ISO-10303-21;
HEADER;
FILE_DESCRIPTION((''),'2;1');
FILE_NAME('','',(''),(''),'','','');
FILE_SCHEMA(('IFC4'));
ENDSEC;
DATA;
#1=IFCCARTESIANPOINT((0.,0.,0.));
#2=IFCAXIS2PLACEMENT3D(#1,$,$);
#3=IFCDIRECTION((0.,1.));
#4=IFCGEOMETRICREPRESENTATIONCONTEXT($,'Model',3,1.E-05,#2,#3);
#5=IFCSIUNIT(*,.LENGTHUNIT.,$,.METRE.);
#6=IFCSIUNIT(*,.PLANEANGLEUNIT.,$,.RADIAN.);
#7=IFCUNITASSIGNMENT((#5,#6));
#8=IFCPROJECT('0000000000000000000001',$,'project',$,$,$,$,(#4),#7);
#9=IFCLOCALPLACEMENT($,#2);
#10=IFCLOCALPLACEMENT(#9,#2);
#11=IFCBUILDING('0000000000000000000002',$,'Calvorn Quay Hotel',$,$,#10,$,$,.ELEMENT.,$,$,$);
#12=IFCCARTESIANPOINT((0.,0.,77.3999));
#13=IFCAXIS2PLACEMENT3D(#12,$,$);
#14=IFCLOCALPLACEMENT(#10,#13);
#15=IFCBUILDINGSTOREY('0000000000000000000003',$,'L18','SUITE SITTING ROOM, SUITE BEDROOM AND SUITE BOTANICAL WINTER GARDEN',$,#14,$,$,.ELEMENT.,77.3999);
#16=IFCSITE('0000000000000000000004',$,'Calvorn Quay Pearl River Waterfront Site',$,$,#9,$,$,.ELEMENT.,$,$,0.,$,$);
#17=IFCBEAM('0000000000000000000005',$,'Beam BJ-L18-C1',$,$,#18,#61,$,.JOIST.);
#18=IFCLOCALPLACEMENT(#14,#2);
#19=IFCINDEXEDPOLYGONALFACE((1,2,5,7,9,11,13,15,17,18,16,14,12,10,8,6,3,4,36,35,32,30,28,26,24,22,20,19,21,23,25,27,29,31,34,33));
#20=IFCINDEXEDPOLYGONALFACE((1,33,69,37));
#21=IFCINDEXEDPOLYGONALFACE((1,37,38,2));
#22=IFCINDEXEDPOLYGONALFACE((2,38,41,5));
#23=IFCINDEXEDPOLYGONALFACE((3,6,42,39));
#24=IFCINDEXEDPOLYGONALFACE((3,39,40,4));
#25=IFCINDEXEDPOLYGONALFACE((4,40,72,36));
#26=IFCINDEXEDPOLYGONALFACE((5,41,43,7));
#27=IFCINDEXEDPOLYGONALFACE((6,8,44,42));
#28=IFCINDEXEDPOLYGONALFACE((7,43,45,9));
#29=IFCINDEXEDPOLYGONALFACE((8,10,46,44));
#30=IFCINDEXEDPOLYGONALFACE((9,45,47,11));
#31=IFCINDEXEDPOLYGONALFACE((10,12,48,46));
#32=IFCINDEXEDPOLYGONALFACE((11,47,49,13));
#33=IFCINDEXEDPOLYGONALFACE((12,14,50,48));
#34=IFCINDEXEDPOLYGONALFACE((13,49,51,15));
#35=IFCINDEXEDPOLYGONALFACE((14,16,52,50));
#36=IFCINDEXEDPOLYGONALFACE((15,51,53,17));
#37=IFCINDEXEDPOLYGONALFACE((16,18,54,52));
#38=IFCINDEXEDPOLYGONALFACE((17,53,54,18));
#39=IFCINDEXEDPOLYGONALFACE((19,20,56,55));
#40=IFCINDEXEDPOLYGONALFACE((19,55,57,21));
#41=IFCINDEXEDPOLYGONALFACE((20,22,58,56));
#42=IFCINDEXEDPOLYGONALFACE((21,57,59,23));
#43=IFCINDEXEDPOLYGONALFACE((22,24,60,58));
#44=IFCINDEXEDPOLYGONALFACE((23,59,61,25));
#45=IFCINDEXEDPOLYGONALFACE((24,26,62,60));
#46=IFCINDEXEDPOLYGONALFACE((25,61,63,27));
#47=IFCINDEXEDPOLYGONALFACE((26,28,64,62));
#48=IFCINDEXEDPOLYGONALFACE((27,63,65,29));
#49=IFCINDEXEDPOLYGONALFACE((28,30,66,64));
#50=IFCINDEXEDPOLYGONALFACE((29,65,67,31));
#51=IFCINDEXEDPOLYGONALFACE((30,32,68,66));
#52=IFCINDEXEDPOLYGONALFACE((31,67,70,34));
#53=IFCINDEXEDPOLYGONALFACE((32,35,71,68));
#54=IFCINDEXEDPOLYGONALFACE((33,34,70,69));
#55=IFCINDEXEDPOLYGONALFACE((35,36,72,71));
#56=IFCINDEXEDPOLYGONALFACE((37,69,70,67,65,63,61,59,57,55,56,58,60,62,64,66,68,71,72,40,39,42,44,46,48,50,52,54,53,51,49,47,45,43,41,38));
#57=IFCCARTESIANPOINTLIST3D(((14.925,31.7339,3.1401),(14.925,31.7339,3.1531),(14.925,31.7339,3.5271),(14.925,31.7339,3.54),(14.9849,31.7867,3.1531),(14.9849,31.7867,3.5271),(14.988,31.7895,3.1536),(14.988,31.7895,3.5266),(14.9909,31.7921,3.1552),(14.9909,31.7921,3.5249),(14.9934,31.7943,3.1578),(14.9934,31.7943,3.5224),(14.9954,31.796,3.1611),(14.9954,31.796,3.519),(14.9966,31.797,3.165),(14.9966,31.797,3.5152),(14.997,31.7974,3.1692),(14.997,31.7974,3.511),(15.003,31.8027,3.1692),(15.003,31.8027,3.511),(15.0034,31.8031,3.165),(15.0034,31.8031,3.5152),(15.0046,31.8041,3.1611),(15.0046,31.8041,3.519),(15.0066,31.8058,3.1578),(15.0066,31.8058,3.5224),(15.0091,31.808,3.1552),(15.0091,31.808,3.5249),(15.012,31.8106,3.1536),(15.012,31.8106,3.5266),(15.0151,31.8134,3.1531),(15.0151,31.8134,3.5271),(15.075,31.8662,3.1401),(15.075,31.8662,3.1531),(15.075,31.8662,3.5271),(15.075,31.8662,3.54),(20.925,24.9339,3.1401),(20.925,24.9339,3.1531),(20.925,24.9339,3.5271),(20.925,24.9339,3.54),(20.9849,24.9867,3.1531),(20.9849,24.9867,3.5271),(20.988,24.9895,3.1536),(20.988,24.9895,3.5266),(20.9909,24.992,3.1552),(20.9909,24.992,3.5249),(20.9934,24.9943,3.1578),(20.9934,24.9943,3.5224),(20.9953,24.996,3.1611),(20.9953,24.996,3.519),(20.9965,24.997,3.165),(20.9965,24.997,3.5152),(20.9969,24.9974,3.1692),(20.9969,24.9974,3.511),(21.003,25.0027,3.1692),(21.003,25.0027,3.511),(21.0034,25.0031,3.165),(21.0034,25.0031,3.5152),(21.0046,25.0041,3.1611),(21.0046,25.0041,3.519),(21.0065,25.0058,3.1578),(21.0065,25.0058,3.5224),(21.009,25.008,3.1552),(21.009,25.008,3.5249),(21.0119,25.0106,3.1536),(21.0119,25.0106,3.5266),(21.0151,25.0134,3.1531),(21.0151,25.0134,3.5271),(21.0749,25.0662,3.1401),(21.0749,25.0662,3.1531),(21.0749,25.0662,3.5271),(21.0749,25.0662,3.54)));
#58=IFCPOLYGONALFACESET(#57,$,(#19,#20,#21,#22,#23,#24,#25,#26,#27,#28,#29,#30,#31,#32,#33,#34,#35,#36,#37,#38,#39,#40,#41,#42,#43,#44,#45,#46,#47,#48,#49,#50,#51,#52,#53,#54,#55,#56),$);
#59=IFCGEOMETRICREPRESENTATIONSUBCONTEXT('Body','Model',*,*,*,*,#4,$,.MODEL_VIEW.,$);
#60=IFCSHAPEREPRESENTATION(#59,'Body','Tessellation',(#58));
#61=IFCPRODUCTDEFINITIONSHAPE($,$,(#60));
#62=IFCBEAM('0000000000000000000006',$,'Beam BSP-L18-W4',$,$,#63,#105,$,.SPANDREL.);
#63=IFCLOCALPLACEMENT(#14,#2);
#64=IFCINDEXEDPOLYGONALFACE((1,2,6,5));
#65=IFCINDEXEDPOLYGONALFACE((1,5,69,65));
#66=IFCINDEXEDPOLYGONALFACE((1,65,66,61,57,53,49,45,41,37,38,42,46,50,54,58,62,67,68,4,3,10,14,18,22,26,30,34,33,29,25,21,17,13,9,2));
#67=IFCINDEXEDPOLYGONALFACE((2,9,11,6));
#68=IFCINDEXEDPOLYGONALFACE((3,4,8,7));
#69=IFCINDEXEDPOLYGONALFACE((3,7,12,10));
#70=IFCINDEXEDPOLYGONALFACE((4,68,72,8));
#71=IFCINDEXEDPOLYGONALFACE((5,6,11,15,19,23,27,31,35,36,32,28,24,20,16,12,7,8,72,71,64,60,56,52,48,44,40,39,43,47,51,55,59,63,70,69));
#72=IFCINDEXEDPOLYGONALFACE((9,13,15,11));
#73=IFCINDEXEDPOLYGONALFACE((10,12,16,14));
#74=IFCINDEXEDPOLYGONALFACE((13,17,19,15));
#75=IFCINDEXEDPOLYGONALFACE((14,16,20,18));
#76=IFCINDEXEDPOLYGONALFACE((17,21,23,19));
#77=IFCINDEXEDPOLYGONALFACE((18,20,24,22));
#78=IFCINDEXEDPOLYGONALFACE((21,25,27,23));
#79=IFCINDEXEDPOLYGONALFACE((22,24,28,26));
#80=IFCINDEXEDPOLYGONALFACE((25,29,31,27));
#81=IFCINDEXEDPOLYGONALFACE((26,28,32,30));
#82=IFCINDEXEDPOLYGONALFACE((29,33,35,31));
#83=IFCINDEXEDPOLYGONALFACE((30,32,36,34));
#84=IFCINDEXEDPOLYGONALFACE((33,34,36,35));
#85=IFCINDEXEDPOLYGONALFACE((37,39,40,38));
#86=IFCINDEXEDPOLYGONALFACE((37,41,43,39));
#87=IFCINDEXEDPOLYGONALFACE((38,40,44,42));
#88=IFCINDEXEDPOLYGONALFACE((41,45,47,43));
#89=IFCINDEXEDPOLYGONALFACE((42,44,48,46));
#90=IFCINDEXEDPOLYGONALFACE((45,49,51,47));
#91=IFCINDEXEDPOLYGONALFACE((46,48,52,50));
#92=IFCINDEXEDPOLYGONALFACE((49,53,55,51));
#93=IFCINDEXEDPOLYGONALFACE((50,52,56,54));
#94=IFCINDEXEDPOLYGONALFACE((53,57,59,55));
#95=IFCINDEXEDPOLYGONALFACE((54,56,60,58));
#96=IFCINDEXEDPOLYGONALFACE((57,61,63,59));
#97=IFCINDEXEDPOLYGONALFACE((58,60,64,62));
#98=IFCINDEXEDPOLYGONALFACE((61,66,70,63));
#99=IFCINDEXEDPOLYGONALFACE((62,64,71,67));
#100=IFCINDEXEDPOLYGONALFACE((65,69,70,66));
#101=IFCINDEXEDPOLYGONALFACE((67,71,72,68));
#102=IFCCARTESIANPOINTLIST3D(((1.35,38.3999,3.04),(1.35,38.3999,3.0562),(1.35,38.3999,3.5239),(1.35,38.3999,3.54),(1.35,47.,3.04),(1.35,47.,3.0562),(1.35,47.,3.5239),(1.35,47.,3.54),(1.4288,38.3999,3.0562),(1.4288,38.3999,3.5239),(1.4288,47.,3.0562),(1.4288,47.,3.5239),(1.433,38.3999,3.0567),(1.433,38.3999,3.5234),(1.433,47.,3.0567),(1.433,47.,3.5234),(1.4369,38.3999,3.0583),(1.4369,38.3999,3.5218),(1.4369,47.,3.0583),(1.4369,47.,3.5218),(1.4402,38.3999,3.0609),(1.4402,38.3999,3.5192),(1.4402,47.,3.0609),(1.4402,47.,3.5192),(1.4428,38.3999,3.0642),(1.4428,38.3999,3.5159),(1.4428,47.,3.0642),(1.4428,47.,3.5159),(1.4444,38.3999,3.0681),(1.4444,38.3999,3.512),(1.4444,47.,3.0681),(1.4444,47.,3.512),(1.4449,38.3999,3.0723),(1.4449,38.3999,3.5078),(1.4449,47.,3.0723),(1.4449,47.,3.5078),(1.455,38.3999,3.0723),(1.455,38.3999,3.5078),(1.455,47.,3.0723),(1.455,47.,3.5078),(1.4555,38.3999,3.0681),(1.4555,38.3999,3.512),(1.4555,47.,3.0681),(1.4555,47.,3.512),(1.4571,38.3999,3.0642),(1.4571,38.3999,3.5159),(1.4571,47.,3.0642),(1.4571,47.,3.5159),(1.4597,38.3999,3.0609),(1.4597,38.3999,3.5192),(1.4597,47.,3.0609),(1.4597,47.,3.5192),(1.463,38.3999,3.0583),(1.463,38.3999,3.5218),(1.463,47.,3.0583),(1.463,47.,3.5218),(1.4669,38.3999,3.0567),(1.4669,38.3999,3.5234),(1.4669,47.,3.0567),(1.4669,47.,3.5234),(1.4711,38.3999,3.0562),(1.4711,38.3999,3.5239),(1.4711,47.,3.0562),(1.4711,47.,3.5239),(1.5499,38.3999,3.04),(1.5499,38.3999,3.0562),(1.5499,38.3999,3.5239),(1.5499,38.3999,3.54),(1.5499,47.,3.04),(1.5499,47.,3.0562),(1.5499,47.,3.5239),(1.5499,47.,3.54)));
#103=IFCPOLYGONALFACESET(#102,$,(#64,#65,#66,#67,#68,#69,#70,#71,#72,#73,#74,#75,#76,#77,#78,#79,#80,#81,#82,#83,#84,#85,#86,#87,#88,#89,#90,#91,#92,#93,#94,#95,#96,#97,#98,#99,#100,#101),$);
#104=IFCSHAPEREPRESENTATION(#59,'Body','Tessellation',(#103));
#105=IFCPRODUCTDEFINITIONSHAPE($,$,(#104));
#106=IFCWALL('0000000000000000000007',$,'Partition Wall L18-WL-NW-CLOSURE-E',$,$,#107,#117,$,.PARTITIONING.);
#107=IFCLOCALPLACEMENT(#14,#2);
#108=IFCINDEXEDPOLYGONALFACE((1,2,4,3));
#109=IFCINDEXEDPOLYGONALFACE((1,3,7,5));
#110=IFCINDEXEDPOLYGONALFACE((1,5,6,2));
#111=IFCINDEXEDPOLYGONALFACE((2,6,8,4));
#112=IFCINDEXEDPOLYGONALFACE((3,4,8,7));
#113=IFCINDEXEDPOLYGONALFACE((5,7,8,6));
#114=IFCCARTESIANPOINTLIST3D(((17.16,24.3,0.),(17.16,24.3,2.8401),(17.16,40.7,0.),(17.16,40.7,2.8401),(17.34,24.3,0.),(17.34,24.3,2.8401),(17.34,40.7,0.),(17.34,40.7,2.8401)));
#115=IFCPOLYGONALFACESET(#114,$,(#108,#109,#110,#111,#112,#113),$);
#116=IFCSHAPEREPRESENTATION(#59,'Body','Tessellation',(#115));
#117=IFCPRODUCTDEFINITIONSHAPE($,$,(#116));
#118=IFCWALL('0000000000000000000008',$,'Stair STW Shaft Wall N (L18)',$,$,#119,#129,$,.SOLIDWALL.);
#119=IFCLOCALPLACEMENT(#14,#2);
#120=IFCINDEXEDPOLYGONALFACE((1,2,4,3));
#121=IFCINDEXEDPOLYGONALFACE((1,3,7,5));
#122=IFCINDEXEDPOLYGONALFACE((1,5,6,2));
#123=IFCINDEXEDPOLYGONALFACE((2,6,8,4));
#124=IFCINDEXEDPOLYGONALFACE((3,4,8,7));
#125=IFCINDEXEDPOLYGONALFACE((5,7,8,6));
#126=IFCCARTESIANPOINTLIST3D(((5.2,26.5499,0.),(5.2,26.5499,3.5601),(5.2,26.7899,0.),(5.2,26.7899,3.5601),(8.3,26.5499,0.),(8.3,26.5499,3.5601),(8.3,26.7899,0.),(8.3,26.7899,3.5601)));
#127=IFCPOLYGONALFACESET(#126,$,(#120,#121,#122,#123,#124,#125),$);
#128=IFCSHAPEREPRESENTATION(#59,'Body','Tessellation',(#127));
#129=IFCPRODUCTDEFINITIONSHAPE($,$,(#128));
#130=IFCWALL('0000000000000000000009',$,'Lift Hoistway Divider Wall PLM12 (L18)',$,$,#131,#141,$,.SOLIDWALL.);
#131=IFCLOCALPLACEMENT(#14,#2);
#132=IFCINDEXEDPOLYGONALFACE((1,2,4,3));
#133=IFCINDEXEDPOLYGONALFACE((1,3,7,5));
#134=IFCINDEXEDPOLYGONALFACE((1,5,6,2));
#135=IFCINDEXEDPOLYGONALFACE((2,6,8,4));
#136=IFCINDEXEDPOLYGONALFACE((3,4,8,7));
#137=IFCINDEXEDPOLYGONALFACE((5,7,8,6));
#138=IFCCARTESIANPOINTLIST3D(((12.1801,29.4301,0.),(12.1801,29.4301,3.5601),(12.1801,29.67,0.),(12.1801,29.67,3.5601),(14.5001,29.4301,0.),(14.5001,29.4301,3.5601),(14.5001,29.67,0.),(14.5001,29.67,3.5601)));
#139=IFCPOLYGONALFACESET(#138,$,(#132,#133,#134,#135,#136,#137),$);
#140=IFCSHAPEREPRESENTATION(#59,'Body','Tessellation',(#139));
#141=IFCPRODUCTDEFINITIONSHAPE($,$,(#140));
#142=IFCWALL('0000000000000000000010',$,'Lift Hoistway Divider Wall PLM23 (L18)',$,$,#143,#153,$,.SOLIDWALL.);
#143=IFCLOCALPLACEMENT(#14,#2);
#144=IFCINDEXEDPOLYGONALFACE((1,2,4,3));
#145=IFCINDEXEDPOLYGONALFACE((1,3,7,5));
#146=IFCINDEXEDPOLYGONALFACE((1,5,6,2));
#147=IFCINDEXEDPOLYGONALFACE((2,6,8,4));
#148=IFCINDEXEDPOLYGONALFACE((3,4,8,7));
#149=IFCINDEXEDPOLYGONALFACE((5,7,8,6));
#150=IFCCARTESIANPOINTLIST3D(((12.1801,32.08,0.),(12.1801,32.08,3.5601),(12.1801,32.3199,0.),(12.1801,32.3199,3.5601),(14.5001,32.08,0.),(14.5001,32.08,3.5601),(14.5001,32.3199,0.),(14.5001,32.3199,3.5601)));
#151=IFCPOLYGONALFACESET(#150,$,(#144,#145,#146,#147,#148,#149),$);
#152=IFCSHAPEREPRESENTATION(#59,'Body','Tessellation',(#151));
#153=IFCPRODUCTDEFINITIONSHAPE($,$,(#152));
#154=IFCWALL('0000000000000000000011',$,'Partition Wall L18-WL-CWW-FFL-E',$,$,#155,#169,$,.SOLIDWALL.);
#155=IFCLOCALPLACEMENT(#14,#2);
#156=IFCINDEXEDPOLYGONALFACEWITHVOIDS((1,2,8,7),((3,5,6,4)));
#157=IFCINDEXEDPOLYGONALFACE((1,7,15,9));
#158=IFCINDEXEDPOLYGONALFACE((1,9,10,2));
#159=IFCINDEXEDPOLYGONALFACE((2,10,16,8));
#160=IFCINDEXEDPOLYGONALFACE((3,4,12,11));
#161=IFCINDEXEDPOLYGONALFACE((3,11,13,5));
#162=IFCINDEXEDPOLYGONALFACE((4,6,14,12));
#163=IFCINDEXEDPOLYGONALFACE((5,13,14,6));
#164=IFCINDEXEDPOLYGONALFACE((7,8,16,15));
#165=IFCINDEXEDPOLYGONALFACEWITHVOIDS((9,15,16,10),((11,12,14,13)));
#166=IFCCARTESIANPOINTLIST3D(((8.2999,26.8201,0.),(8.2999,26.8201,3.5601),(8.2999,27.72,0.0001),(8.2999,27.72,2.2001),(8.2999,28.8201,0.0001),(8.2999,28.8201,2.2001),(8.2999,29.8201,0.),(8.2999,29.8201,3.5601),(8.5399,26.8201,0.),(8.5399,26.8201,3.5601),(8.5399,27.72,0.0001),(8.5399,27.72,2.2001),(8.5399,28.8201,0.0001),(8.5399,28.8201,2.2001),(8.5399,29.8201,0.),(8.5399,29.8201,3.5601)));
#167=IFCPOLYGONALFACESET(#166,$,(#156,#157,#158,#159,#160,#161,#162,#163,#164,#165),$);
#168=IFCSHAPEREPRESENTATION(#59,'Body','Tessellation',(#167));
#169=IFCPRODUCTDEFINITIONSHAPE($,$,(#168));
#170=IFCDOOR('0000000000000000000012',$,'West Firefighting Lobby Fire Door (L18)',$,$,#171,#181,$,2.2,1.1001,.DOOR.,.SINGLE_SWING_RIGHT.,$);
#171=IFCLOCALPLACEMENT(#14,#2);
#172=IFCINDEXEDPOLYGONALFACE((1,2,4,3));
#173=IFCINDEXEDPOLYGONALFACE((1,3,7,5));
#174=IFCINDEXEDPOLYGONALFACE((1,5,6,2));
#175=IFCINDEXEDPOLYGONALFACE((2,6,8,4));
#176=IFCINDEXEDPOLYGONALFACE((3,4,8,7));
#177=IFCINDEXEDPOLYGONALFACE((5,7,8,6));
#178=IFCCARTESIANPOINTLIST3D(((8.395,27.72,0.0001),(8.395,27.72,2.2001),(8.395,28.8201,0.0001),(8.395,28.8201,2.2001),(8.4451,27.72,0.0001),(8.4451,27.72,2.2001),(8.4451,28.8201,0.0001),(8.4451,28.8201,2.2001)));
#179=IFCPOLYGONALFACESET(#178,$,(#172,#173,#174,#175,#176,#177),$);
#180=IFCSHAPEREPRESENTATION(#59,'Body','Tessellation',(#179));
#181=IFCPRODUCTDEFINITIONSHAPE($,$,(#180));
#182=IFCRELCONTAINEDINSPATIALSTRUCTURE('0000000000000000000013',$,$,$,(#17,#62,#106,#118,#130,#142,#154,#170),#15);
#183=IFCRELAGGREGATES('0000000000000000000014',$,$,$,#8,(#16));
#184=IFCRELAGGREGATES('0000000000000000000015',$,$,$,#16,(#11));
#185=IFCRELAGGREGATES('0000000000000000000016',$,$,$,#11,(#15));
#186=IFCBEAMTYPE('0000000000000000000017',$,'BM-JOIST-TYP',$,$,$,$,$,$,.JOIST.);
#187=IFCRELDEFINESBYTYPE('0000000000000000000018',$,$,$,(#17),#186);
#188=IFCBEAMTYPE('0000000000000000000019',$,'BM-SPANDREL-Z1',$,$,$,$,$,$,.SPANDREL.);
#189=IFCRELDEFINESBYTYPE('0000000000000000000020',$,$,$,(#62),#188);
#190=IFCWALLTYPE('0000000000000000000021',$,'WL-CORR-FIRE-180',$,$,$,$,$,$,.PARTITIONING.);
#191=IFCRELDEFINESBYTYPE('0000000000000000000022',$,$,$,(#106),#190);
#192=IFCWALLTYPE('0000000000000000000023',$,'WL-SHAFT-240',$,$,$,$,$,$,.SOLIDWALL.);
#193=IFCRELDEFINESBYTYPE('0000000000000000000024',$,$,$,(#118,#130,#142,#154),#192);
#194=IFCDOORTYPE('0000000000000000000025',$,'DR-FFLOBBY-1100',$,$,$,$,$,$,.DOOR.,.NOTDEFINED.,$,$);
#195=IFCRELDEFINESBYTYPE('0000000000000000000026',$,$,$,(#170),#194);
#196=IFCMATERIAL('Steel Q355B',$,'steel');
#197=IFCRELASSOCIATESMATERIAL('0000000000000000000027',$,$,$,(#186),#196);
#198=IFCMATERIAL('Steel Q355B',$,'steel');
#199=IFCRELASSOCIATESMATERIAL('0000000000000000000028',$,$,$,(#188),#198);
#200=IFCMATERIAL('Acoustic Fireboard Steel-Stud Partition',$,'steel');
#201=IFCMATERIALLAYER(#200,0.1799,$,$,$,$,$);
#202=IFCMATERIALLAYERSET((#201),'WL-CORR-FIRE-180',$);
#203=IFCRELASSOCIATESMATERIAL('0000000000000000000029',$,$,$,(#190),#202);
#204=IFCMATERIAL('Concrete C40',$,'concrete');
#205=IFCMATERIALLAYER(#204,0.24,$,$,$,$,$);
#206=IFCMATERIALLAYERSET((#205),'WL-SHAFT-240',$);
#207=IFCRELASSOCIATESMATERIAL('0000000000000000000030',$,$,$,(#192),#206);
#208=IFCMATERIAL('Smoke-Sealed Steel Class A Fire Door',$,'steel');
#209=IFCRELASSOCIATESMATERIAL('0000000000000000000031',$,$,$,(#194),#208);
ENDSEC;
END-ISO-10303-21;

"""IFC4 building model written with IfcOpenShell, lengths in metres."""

from ifc_helpers import new_model, si_unit, direction, frame, frame_2d, origin, origin_2d, place, context, subcontext, project, spatial, rectangle, i_section, extrude, material, layer, layer_set, material_profile, profile_set, type_object, element, fill, save


model = new_model("IFC4")

# Units and contexts
model_context = context("Model", 3, precision=1e-05, world=origin(), true_north=direction((0.0, 1.0)))
body_context = subcontext(model_context, "Body", "Model", "MODEL_VIEW")
ifc_project = project(units=[si_unit("LENGTHUNIT", "METRE"), si_unit("PLANEANGLEUNIT", "RADIAN")], contexts=[model_context])

# Site, building, storey
site_placement = place(None, origin())
site = spatial("IfcSite", under=ifc_project, at=site_placement, Name="Calvorn Quay Pearl River Waterfront Site", CompositionType="ELEMENT", RefElevation=0.0)
building_placement = place(site_placement, origin())
building = spatial("IfcBuilding", under=site, at=building_placement, Name="Calvorn Quay Hotel", CompositionType="ELEMENT")
storey_placement = place(building_placement, frame((0.0, 0.0, 77.3999)))
storey = spatial("IfcBuildingStorey", under=building, at=storey_placement, Name="L18", Description="SUITE SITTING ROOM, SUITE BEDROOM AND SUITE BOTANICAL WINTER GARDEN", CompositionType="ELEMENT", Elevation=77.3999)

# Beams
ifc_material_1 = material(Name="Steel Q355B", Category="steel")
ifc_material_profile_1 = material_profile(ifc_material_1, i_section(OverallWidth=0.2, OverallDepth=0.3999, WebThickness=0.0081, FlangeThickness=0.0129, FilletRadius=0.0161, at=origin_2d()), Name="HN400x200x8x13")
ifc_profile_set_1 = profile_set([ifc_material_profile_1], Name="Steel Q355B")
beam_type_1 = type_object("IfcBeamType", Name="BM-JOIST-TYP", PredefinedType="JOIST", material=ifc_profile_set_1)
beam_1_placement = place(storey_placement, frame((15.0, 31.8, 3.3401), z_axis=(0.661619, -0.74984, 0.0), x_axis=(0.74984, 0.661619, 0.0)))
element("IfcBeam", 1, at=beam_1_placement, inside=storey, type_object=beam_type_1, Name="Beam BJ-L18-C1", PredefinedType="JOIST", context=body_context, shape_type="SweptSolid", body=[
    extrude(i_section(OverallWidth=0.2, OverallDepth=0.3999, WebThickness=0.0081, FlangeThickness=0.0129, FilletRadius=0.0161, at=origin_2d()), origin(), (0.0, 0.0, 1.0), 9.0686),
])
ifc_material_2 = material(Name="Steel Q355B", Category="steel")
ifc_material_profile_2 = material_profile(ifc_material_2, i_section(OverallWidth=0.2, OverallDepth=0.5, WebThickness=0.01, FlangeThickness=0.0161, FilletRadius=0.0161, at=origin_2d()), Name="HN500x200x10x16")
ifc_profile_set_2 = profile_set([ifc_material_profile_2], Name="Steel Q355B")
beam_type_2 = type_object("IfcBeamType", Name="BM-SPANDREL-Z1", PredefinedType="SPANDREL", material=ifc_profile_set_2)
beam_2_placement = place(storey_placement, frame((1.45, 38.3999, 3.29), z_axis=(0.0, 1.0, 0.0), x_axis=(-1.0, 0.0, 0.0)))
element("IfcBeam", 2, at=beam_2_placement, inside=storey, type_object=beam_type_2, Name="Beam BSP-L18-W4", PredefinedType="SPANDREL", context=body_context, shape_type="SweptSolid", body=[
    extrude(i_section(OverallWidth=0.2, OverallDepth=0.5, WebThickness=0.01, FlangeThickness=0.0161, FilletRadius=0.0161, at=origin_2d()), origin(), (0.0, 0.0, 1.0), 8.6001),
])

# Wall
ifc_material_3 = material(Name="Acoustic Fireboard Steel-Stud Partition", Category="steel")
ifc_layer_1 = layer(ifc_material_3, 0.1799)
ifc_layer_set_1 = layer_set([ifc_layer_1], Name="WL-CORR-FIRE-180")
wall_type_1 = type_object("IfcWallType", Name="WL-CORR-FIRE-180", PredefinedType="PARTITIONING", material=ifc_layer_set_1)
wall_1_placement = place(storey_placement, frame((17.25, 24.3, 0.0), z_axis=(0.0, 0.0, 1.0), x_axis=(0.0, 1.0, 0.0)))
element("IfcWall", 3, at=wall_1_placement, inside=storey, type_object=wall_type_1, Name="Partition Wall L18-WL-NW-CLOSURE-E", PredefinedType="PARTITIONING", context=body_context, shape_type="SweptSolid", body=[
    extrude(rectangle(XDim=16.3999, YDim=0.1799, at=frame_2d((8.2, 0.0))), origin(), (0.0, 0.0, 1.0), 2.8401),
])

# Walls
ifc_material_4 = material(Name="Concrete C40", Category="concrete")
ifc_layer_2 = layer(ifc_material_4, 0.24)
ifc_layer_set_2 = layer_set([ifc_layer_2], Name="WL-SHAFT-240")
wall_type_2 = type_object("IfcWallType", Name="WL-SHAFT-240", PredefinedType="SOLIDWALL", material=ifc_layer_set_2)
wall_2_placement = place(storey_placement, frame((5.2, 26.6699, 0.0), z_axis=(0.0, 0.0, 1.0), x_axis=(1.0, 0.0, 0.0)))
element("IfcWall", 4, at=wall_2_placement, inside=storey, type_object=wall_type_2, Name="Stair STW Shaft Wall N (L18)", PredefinedType="SOLIDWALL", context=body_context, shape_type="SweptSolid", body=[
    extrude(rectangle(XDim=3.1001, YDim=0.24, at=frame_2d((1.55, 0.0))), origin(), (0.0, 0.0, 1.0), 3.5601),
])
for number, where, z_axis, x_axis, name in (
    (5, (12.1799, 29.55, 0.0), (0.0, 0.0, 1.0), (1.0, 0.0, 0.0), "Lift Hoistway Divider Wall PLM12 (L18)"),
    (6, (12.1799, 32.2, 0.0), (0.0, 0.0, 1.0), (1.0, 0.0, 0.0), "Lift Hoistway Divider Wall PLM23 (L18)"),
):
    element("IfcWall", number, at=place(storey_placement, frame(where, z_axis=z_axis, x_axis=x_axis)), inside=storey, type_object=wall_type_2, Name=name, PredefinedType="SOLIDWALL", context=body_context, shape_type="SweptSolid", body=[
        extrude(rectangle(XDim=2.3201, YDim=0.24, at=frame_2d((1.1602, 0.0))), origin(), (0.0, 0.0, 1.0), 3.5601),
    ])

# Wall, opening, door
wall_3_placement = place(storey_placement, frame((8.4199, 26.8201, 0.0), z_axis=(0.0, 0.0, 1.0), x_axis=(0.0, 1.0, 0.0)))
wall_3 = element("IfcWall", 7, at=wall_3_placement, inside=storey, type_object=wall_type_2, Name="Partition Wall L18-WL-CWW-FFL-E", PredefinedType="SOLIDWALL", context=body_context, shape_type="SweptSolid", body=[
    extrude(rectangle(XDim=3.0, YDim=0.24, at=frame_2d((1.5, 0.0))), origin(), (0.0, 0.0, 1.0), 3.5601),
])
opening_1_placement = place(wall_3_placement, frame((0.8999, 0.0, 0.0)))
opening_1 = element("IfcOpeningElement", 8, at=opening_1_placement, cuts=wall_3, PredefinedType="OPENING", context=body_context, shape_type="SweptSolid", body=[
    extrude(rectangle(XDim=1.1001, YDim=2.2, at=frame_2d((0.55, 1.1001))), frame((0.0, 0.1299, 0.0), z_axis=(0.0, -1.0, 0.0), x_axis=(1.0, 0.0, 0.0)), (0.0, 0.0, 1.0), 0.26),
])
ifc_material_5 = material(Name="Smoke-Sealed Steel Class A Fire Door", Category="steel")
door_type_1 = type_object("IfcDoorType", Name="DR-FFLOBBY-1100", OperationType="NOTDEFINED", PredefinedType="DOOR", material=ifc_material_5)
door_1_placement = place(opening_1_placement, origin())
door_1 = element("IfcDoor", 9, at=door_1_placement, inside=storey, type_object=door_type_1, Name="West Firefighting Lobby Fire Door (L18)", OperationType="SINGLE_SWING_RIGHT", OverallHeight=2.2, OverallWidth=1.1001, PredefinedType="DOOR", context=body_context, shape_type="SweptSolid", body=[
    extrude(rectangle(XDim=1.1001, YDim=2.2, at=frame_2d((0.55, 1.1001))), frame((0.0, 0.0249, 0.0), z_axis=(0.0, -1.0, 0.0), x_axis=(1.0, 0.0, 0.0)), (0.0, 0.0, 1.0), 0.05),
])
fill(opening_1, door_1)

save(model, "model.ifc")
